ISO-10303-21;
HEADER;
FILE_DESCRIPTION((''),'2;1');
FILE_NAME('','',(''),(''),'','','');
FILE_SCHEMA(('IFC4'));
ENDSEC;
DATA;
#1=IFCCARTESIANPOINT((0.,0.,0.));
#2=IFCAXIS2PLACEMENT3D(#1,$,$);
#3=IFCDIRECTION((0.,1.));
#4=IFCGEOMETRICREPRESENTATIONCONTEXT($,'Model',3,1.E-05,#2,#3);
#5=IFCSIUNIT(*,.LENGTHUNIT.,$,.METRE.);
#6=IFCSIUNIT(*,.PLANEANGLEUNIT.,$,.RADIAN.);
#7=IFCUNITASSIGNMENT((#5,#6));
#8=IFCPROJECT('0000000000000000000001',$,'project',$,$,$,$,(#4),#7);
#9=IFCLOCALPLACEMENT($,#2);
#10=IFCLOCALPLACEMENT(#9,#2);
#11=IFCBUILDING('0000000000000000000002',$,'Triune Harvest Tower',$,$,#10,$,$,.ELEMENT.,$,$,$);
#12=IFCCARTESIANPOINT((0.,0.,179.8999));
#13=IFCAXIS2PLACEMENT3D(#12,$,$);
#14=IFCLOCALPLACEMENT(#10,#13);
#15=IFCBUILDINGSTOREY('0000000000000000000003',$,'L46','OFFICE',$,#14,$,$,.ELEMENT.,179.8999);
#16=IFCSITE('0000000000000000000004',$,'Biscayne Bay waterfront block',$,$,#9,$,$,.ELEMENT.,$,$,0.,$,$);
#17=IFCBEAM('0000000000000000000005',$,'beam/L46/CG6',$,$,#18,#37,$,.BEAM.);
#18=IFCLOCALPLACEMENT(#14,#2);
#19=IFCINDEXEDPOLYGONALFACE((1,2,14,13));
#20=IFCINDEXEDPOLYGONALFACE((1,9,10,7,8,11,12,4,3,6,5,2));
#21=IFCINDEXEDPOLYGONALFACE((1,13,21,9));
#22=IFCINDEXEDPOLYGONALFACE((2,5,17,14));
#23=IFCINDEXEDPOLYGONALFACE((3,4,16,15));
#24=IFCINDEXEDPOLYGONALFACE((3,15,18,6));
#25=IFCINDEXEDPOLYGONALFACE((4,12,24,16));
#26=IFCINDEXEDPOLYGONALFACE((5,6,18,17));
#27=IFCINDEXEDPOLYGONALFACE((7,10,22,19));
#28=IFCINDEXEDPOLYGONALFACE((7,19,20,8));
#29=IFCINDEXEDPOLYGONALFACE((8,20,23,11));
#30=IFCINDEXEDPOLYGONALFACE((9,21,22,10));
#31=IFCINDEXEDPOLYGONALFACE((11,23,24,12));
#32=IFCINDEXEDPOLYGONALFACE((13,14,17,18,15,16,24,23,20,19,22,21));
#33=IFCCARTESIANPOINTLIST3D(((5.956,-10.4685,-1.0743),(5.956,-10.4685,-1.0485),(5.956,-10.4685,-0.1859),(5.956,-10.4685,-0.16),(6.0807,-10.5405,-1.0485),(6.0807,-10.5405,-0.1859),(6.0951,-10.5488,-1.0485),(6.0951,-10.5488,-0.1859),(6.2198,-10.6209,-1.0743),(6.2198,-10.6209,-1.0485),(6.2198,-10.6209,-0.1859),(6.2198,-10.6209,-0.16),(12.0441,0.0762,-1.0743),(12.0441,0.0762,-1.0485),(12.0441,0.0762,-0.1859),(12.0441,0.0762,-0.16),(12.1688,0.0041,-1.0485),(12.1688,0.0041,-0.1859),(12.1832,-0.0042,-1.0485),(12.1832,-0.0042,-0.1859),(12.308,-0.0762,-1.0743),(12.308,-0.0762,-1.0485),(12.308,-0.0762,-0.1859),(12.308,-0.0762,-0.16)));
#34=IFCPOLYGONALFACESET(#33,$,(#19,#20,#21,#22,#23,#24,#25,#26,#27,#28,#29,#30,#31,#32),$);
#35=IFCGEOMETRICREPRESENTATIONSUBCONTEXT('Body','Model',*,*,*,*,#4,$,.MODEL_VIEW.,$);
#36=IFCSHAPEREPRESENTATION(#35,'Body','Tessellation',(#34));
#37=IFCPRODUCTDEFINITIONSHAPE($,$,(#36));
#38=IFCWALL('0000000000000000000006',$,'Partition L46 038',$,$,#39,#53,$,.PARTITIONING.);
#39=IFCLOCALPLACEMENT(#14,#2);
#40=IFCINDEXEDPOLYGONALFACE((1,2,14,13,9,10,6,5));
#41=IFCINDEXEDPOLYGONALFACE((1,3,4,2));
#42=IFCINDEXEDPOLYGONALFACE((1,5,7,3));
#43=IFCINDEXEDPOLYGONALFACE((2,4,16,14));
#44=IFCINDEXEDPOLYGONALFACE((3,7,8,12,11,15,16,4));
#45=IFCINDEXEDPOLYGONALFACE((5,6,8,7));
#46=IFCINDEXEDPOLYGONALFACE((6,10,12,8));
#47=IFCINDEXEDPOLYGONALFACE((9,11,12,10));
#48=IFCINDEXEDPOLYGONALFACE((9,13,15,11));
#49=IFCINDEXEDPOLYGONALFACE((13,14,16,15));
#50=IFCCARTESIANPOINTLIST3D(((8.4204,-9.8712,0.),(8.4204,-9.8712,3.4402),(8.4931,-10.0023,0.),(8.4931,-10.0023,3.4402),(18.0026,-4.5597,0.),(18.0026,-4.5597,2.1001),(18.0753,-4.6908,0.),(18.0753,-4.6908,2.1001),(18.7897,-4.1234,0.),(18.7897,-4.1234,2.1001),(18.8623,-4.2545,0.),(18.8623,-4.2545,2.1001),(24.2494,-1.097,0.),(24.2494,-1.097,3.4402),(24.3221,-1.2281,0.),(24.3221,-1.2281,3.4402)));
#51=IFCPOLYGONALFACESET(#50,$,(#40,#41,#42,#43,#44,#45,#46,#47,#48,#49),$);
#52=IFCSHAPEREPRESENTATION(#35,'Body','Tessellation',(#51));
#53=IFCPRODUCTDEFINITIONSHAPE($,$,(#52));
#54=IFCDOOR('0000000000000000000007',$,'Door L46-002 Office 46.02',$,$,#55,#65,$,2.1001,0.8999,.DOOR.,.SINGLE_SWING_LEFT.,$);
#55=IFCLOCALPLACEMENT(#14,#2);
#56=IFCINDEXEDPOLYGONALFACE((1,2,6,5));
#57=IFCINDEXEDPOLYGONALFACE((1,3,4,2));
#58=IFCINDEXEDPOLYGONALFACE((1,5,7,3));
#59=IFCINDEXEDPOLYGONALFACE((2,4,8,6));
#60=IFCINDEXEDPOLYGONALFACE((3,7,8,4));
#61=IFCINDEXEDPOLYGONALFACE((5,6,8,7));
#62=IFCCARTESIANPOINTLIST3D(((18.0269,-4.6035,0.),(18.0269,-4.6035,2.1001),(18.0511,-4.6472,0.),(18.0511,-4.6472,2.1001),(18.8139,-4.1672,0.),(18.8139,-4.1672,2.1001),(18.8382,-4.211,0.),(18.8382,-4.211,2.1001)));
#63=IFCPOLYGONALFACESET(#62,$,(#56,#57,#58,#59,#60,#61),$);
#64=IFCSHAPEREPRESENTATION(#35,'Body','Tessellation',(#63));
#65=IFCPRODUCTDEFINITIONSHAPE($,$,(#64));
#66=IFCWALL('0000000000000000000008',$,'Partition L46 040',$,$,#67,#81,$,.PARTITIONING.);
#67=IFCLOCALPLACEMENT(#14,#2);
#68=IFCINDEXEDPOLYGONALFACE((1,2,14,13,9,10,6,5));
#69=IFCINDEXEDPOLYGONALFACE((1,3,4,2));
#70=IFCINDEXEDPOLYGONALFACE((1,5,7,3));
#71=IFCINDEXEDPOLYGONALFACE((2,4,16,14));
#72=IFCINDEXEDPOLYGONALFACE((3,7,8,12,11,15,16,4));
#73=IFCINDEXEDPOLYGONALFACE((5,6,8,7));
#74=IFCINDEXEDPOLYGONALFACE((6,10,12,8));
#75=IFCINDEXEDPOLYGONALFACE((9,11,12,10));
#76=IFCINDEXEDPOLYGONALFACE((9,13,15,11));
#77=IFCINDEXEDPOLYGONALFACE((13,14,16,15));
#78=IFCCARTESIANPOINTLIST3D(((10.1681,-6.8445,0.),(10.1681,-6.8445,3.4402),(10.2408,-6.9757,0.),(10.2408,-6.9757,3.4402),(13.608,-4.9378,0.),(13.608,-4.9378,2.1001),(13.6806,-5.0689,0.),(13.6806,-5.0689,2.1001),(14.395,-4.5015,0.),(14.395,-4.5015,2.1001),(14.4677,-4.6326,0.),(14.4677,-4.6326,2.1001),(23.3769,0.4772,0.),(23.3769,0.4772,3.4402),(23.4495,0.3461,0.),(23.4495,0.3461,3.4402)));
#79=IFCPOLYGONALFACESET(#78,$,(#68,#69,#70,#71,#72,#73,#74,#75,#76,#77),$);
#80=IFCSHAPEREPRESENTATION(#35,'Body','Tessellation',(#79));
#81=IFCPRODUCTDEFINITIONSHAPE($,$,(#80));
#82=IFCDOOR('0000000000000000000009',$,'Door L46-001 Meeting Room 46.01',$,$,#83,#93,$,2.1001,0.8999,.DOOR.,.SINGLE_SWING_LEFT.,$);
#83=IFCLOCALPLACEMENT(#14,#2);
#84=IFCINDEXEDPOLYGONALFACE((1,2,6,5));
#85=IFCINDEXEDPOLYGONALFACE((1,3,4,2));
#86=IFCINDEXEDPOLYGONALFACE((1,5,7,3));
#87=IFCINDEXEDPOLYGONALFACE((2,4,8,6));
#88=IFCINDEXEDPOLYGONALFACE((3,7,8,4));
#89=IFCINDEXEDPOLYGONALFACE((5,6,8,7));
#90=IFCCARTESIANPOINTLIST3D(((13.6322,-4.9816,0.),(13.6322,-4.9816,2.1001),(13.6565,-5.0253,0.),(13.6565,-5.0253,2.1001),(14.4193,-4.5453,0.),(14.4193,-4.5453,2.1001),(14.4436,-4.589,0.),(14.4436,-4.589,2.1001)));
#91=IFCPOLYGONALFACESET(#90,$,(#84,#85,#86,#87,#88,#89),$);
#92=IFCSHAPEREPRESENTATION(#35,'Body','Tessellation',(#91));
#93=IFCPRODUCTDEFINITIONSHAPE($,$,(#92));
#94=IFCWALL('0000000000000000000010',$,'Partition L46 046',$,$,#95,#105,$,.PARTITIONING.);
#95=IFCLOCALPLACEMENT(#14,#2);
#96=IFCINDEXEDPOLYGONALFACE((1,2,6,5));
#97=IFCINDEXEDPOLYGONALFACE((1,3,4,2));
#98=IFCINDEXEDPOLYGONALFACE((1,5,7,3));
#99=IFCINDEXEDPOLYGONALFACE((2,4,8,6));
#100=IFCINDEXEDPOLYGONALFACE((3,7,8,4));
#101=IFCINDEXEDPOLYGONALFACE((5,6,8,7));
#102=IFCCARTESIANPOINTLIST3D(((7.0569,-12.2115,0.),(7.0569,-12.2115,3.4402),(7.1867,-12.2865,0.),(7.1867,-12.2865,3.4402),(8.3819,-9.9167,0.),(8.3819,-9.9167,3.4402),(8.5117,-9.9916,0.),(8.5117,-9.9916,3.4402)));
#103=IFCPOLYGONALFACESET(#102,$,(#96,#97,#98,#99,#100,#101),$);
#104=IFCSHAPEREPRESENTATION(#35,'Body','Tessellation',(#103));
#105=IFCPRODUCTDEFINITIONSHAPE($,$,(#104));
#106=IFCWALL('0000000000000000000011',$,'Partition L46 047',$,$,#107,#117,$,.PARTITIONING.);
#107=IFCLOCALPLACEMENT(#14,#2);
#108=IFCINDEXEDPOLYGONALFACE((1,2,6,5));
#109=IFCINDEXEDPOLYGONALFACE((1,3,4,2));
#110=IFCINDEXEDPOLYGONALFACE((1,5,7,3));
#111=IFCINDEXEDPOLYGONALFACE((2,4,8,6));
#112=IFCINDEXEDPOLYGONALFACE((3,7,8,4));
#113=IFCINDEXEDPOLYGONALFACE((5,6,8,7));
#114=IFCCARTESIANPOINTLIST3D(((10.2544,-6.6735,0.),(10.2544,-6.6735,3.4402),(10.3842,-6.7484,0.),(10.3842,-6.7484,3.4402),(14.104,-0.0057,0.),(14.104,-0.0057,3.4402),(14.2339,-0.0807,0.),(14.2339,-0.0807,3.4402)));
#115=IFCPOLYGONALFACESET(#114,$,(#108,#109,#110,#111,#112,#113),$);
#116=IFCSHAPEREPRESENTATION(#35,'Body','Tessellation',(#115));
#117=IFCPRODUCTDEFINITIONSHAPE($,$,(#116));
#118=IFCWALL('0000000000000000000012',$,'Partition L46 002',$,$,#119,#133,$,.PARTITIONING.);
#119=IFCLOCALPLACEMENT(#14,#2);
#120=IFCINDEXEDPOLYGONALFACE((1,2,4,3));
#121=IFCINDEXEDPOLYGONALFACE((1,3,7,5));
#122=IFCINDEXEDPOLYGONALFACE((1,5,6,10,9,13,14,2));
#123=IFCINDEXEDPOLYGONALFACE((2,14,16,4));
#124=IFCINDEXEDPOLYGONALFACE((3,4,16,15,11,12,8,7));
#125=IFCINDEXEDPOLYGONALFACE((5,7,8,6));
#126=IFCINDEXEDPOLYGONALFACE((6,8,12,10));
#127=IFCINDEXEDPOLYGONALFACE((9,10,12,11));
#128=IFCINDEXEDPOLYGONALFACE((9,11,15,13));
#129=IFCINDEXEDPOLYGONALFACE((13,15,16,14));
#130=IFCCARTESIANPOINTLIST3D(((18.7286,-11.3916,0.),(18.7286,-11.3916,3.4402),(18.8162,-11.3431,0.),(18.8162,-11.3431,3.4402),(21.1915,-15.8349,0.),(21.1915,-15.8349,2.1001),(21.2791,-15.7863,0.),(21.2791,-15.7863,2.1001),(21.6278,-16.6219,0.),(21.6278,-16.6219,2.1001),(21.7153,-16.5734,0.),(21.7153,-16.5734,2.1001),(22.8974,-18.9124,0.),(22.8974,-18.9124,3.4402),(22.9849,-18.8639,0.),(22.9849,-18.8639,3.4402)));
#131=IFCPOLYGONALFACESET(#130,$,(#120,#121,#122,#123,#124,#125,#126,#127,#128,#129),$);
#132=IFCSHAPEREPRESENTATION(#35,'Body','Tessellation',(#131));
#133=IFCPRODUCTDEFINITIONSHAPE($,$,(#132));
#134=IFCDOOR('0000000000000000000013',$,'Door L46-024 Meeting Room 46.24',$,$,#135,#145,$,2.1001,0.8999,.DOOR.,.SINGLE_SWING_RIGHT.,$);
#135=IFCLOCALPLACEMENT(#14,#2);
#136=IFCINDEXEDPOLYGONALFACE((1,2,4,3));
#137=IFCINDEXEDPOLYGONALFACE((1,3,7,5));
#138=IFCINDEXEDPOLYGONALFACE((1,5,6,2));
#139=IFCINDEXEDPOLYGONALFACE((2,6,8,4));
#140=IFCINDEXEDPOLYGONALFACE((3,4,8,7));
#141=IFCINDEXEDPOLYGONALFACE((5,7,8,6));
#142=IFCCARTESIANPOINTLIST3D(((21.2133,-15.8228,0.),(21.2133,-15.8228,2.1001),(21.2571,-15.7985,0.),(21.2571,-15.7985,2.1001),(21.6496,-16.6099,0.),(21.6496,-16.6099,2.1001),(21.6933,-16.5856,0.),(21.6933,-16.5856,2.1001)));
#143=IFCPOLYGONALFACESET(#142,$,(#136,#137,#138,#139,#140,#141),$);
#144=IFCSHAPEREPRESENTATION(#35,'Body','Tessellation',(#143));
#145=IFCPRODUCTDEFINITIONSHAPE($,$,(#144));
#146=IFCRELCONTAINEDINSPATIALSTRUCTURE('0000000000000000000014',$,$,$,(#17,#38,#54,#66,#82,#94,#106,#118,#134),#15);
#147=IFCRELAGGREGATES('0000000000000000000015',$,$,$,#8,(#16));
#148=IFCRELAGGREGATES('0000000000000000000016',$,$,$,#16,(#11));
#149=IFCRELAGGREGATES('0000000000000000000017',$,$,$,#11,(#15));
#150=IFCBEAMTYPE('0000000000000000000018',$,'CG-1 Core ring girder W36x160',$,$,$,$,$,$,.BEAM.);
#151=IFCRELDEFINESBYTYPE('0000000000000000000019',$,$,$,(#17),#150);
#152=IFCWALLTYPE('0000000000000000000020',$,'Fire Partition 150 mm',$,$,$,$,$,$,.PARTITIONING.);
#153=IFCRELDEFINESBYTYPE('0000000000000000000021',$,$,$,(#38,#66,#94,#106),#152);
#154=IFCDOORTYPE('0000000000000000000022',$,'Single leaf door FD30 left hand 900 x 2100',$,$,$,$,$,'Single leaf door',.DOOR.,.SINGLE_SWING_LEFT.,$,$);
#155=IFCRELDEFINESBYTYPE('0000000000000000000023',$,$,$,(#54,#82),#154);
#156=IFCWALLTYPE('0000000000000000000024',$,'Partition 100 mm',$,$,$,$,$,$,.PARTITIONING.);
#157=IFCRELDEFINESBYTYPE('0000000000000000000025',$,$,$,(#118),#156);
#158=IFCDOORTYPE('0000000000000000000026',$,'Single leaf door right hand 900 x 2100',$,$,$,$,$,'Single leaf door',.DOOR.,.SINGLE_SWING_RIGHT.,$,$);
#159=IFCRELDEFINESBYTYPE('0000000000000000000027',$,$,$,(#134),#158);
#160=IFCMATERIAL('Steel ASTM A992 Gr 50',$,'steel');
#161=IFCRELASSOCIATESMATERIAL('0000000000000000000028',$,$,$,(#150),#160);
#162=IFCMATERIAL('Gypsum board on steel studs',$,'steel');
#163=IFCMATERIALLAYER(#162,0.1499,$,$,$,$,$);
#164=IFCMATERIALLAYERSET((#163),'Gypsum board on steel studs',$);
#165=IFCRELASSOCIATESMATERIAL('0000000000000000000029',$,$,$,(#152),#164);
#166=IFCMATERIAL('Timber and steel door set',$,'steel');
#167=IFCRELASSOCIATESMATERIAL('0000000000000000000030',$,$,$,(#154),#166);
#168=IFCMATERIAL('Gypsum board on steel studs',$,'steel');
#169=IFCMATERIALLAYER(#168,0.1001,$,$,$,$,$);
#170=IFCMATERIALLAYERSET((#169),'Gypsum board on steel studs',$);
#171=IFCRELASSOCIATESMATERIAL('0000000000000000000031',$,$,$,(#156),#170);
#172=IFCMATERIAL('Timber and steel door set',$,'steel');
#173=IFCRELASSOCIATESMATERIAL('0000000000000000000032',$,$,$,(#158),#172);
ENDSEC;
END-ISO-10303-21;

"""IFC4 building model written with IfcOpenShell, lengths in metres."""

from ifc_helpers import new_model, si_unit, direction, frame, frame_2d, origin, origin_2d, place, context, subcontext, project, spatial, rectangle, i_section, extrude, source, transform, mapped, material, layer, layer_set, material_profile, profile_set, type_object, element, fill, save


model = new_model("IFC4")

# Units and contexts
model_context = context("Model", 3, precision=1e-05, world=origin(), true_north=direction((0.0, 1.0)))
body_context = subcontext(model_context, "Body", "Model", "MODEL_VIEW")
ifc_project = project(units=[si_unit("LENGTHUNIT", "METRE"), si_unit("PLANEANGLEUNIT", "RADIAN")], contexts=[model_context])

# Site, building, storey
site_placement = place(None, origin())
site = spatial("IfcSite", under=ifc_project, at=site_placement, Name="Biscayne Bay waterfront block", CompositionType="ELEMENT", RefElevation=0.0)
building_placement = place(site_placement, origin())
building = spatial("IfcBuilding", under=site, at=building_placement, Name="Triune Harvest Tower", CompositionType="ELEMENT")
storey_placement = place(building_placement, frame((0.0, 0.0, 179.8999)))
storey = spatial("IfcBuildingStorey", under=building, at=storey_placement, Name="L46", Description="OFFICE", CompositionType="ELEMENT", Elevation=179.8999)

# Beam
ifc_material_1 = material(Name="Steel ASTM A992 Gr 50", Category="steel")
ifc_material_profile = material_profile(ifc_material_1, i_section(OverallWidth=0.3047, OverallDepth=0.9143, WebThickness=0.0166, FlangeThickness=0.0259, at=origin_2d()), Name="W36x160")
ifc_profile_set = profile_set([ifc_material_profile], Name="Steel ASTM A992 Gr 50")
beam_type = type_object("IfcBeamType", Name="CG-1 Core ring girder W36x160", PredefinedType="BEAM", material=ifc_profile_set)
shared_shape_1 = source(origin(), body_context, "Body", "SweptSolid", [
    extrude(i_section(OverallWidth=0.3047, OverallDepth=0.9143, WebThickness=0.0166, FlangeThickness=0.0259, at=origin_2d()), origin(), (0.0, 0.0, 1.0), 12.176),
])
beam_placement = place(storey_placement, frame((6.0879, -10.5447, -0.6172), z_axis=(0.50001, 0.86602, 0.0), x_axis=(-0.86602, 0.50001, 0.0)))
element("IfcBeam", 1, at=beam_placement, inside=storey, type_object=beam_type, Name="beam/L46/CG6", PredefinedType="BEAM", context=body_context, shape_type="MappedRepresentation", body=[
    mapped(shared_shape_1, transform((0.0, 0.0, 0.0), scale=1.0)),
])

# Walls, openings, doors
ifc_material_2 = material(Name="Gypsum board on steel studs", Category="steel")
ifc_layer_1 = layer(ifc_material_2, 0.1499)
ifc_layer_set_1 = layer_set([ifc_layer_1], Name="Gypsum board on steel studs")
wall_type_1 = type_object("IfcWallType", Name="Fire Partition 150 mm", PredefinedType="PARTITIONING", material=ifc_layer_set_1)
wall_1_placement = place(storey_placement, frame((8.4568, -9.9368, 0.0), z_axis=(0.0, 0.0, 1.0), x_axis=(0.874618, 0.484813, 0.0)))
wall_1 = element("IfcWall", 2, at=wall_1_placement, inside=storey, type_object=wall_type_1, Name="Partition L46 038", PredefinedType="PARTITIONING", context=body_context, shape_type="SweptSolid", body=[
    extrude(rectangle(XDim=18.0981, YDim=0.1499, at=frame_2d((9.0491, 0.0))), origin(), (0.0, 0.0, 1.0), 3.4402),
])
opening_1_placement = place(wall_1_placement, frame((10.9558, 0.0, 0.0)))
opening_1 = element("IfcOpeningElement", 3, at=opening_1_placement, cuts=wall_1, PredefinedType="OPENING", context=body_context, shape_type="SweptSolid", body=[
    extrude(rectangle(XDim=0.8999, YDim=2.1001, at=frame_2d((0.45, 1.05))), frame((0.0, 0.085, 0.0), z_axis=(0.0, -1.0, 0.0), x_axis=(1.0, 0.0, 0.0)), (0.0, 0.0, 1.0), 0.1699),
])
ifc_material_3 = material(Name="Timber and steel door set", Category="steel")
door_type_1 = type_object("IfcDoorType", Name="Single leaf door FD30 left hand 900 x 2100", ElementType="Single leaf door", OperationType="SINGLE_SWING_LEFT", PredefinedType="DOOR", material=ifc_material_3)
door_1_placement = place(opening_1_placement, origin())
door_1 = element("IfcDoor", 4, at=door_1_placement, inside=storey, type_object=door_type_1, Name="Door L46-002 Office 46.02", OperationType="SINGLE_SWING_LEFT", OverallHeight=2.1001, OverallWidth=0.8999, PredefinedType="DOOR", context=body_context, shape_type="SweptSolid", body=[
    extrude(rectangle(XDim=0.8999, YDim=2.1001, at=frame_2d((0.45, 1.05))), frame((0.0, 0.0249, 0.0), z_axis=(0.0, -1.0, 0.0), x_axis=(1.0, 0.0, 0.0)), (0.0, 0.0, 1.0), 0.05),
])
fill(opening_1, door_1)
wall_2_placement = place(storey_placement, frame((10.2043, -6.9102, 0.0), z_axis=(0.0, 0.0, 1.0), x_axis=(0.874618, 0.484812, 0.0)))
wall_2 = element("IfcWall", 5, at=wall_2_placement, inside=storey, type_object=wall_type_1, Name="Partition L46 040", PredefinedType="PARTITIONING", context=body_context, shape_type="SweptSolid", body=[
    extrude(rectangle(XDim=15.1023, YDim=0.1499, at=frame_2d((7.5513, 0.0))), origin(), (0.0, 0.0, 1.0), 3.4402),
])
opening_2_placement = place(wall_2_placement, frame((3.9331, 0.0, 0.0)))
opening_2 = element("IfcOpeningElement", 6, at=opening_2_placement, cuts=wall_2, PredefinedType="OPENING", context=body_context, shape_type="SweptSolid", body=[
    extrude(rectangle(XDim=0.8999, YDim=2.1001, at=frame_2d((0.45, 1.05))), frame((0.0, 0.085, 0.0), z_axis=(0.0, -1.0, 0.0), x_axis=(1.0, 0.0, 0.0)), (0.0, 0.0, 1.0), 0.1699),
])
door_2_placement = place(opening_2_placement, origin())
door_2 = element("IfcDoor", 7, at=door_2_placement, inside=storey, type_object=door_type_1, Name="Door L46-001 Meeting Room 46.01", OperationType="SINGLE_SWING_LEFT", OverallHeight=2.1001, OverallWidth=0.8999, PredefinedType="DOOR", context=body_context, shape_type="SweptSolid", body=[
    extrude(rectangle(XDim=0.8999, YDim=2.1001, at=frame_2d((0.45, 1.05))), frame((0.0, 0.0249, 0.0), z_axis=(0.0, -1.0, 0.0), x_axis=(1.0, 0.0, 0.0)), (0.0, 0.0, 1.0), 0.05),
])
fill(opening_2, door_2)

# Walls
wall_3_placement = place(storey_placement, frame((7.1218, -12.249, 0.0), z_axis=(0.0, 0.0, 1.0), x_axis=(0.499994, 0.866029, 0.0)))
element("IfcWall", 8, at=wall_3_placement, inside=storey, type_object=wall_type_1, Name="Partition L46 046", PredefinedType="PARTITIONING", context=body_context, shape_type="SweptSolid", body=[
    extrude(rectangle(XDim=2.6499, YDim=0.1499, at=frame_2d((1.325, 0.0))), origin(), (0.0, 0.0, 1.0), 3.4402),
])
wall_4_placement = place(storey_placement, frame((10.3193, -6.7109, 0.0), z_axis=(0.0, 0.0, 1.0), x_axis=(0.5, 0.866026, 0.0)))
element("IfcWall", 9, at=wall_4_placement, inside=storey, type_object=wall_type_1, Name="Partition L46 047", PredefinedType="PARTITIONING", context=body_context, shape_type="SweptSolid", body=[
    extrude(rectangle(XDim=7.6992, YDim=0.1499, at=frame_2d((3.8496, 0.0))), origin(), (0.0, 0.0, 1.0), 3.4402),
])

# Wall, opening, door
ifc_material_4 = material(Name="Gypsum board on steel studs", Category="steel")
ifc_layer_2 = layer(ifc_material_4, 0.1001)
ifc_layer_set_2 = layer_set([ifc_layer_2], Name="Gypsum board on steel studs")
wall_type_2 = type_object("IfcWallType", Name="Partition 100 mm", PredefinedType="PARTITIONING", material=ifc_layer_set_2)
wall_5_placement = place(storey_placement, frame((18.7725, -11.3674, 0.0), z_axis=(0.0, 0.0, 1.0), x_axis=(0.484799, -0.874626, 0.0)))
wall_5 = element("IfcWall", 10, at=wall_5_placement, inside=storey, type_object=wall_type_2, Name="Partition L46 002", PredefinedType="PARTITIONING", context=body_context, shape_type="SweptSolid", body=[
    extrude(rectangle(XDim=8.5989, YDim=0.1001, at=frame_2d((4.2993, 0.0))), origin(), (0.0, 0.0, 1.0), 3.4402),
])
opening_3_placement = place(wall_5_placement, frame((5.0801, 0.0, 0.0)))
opening_3 = element("IfcOpeningElement", 11, at=opening_3_placement, cuts=wall_5, PredefinedType="OPENING", context=body_context, shape_type="SweptSolid", body=[
    extrude(rectangle(XDim=0.8999, YDim=2.1001, at=frame_2d((0.45, 1.05))), frame((0.0, 0.0601, 0.0), z_axis=(0.0, -1.0, 0.0), x_axis=(1.0, 0.0, 0.0)), (0.0, 0.0, 1.0), 0.1201),
])
ifc_material_5 = material(Name="Timber and steel door set", Category="steel")
door_type_2 = type_object("IfcDoorType", Name="Single leaf door right hand 900 x 2100", ElementType="Single leaf door", OperationType="SINGLE_SWING_RIGHT", PredefinedType="DOOR", material=ifc_material_5)
door_3_placement = place(opening_3_placement, origin())
door_3 = element("IfcDoor", 12, at=door_3_placement, inside=storey, type_object=door_type_2, Name="Door L46-024 Meeting Room 46.24", OperationType="SINGLE_SWING_RIGHT", OverallHeight=2.1001, OverallWidth=0.8999, PredefinedType="DOOR", context=body_context, shape_type="SweptSolid", body=[
    extrude(rectangle(XDim=0.8999, YDim=2.1001, at=frame_2d((0.45, 1.05))), frame((0.0, 0.0249, 0.0), z_axis=(0.0, -1.0, 0.0), x_axis=(1.0, 0.0, 0.0)), (0.0, 0.0, 1.0), 0.05),
])
fill(opening_3, door_3)

save(model, "model.ifc")
